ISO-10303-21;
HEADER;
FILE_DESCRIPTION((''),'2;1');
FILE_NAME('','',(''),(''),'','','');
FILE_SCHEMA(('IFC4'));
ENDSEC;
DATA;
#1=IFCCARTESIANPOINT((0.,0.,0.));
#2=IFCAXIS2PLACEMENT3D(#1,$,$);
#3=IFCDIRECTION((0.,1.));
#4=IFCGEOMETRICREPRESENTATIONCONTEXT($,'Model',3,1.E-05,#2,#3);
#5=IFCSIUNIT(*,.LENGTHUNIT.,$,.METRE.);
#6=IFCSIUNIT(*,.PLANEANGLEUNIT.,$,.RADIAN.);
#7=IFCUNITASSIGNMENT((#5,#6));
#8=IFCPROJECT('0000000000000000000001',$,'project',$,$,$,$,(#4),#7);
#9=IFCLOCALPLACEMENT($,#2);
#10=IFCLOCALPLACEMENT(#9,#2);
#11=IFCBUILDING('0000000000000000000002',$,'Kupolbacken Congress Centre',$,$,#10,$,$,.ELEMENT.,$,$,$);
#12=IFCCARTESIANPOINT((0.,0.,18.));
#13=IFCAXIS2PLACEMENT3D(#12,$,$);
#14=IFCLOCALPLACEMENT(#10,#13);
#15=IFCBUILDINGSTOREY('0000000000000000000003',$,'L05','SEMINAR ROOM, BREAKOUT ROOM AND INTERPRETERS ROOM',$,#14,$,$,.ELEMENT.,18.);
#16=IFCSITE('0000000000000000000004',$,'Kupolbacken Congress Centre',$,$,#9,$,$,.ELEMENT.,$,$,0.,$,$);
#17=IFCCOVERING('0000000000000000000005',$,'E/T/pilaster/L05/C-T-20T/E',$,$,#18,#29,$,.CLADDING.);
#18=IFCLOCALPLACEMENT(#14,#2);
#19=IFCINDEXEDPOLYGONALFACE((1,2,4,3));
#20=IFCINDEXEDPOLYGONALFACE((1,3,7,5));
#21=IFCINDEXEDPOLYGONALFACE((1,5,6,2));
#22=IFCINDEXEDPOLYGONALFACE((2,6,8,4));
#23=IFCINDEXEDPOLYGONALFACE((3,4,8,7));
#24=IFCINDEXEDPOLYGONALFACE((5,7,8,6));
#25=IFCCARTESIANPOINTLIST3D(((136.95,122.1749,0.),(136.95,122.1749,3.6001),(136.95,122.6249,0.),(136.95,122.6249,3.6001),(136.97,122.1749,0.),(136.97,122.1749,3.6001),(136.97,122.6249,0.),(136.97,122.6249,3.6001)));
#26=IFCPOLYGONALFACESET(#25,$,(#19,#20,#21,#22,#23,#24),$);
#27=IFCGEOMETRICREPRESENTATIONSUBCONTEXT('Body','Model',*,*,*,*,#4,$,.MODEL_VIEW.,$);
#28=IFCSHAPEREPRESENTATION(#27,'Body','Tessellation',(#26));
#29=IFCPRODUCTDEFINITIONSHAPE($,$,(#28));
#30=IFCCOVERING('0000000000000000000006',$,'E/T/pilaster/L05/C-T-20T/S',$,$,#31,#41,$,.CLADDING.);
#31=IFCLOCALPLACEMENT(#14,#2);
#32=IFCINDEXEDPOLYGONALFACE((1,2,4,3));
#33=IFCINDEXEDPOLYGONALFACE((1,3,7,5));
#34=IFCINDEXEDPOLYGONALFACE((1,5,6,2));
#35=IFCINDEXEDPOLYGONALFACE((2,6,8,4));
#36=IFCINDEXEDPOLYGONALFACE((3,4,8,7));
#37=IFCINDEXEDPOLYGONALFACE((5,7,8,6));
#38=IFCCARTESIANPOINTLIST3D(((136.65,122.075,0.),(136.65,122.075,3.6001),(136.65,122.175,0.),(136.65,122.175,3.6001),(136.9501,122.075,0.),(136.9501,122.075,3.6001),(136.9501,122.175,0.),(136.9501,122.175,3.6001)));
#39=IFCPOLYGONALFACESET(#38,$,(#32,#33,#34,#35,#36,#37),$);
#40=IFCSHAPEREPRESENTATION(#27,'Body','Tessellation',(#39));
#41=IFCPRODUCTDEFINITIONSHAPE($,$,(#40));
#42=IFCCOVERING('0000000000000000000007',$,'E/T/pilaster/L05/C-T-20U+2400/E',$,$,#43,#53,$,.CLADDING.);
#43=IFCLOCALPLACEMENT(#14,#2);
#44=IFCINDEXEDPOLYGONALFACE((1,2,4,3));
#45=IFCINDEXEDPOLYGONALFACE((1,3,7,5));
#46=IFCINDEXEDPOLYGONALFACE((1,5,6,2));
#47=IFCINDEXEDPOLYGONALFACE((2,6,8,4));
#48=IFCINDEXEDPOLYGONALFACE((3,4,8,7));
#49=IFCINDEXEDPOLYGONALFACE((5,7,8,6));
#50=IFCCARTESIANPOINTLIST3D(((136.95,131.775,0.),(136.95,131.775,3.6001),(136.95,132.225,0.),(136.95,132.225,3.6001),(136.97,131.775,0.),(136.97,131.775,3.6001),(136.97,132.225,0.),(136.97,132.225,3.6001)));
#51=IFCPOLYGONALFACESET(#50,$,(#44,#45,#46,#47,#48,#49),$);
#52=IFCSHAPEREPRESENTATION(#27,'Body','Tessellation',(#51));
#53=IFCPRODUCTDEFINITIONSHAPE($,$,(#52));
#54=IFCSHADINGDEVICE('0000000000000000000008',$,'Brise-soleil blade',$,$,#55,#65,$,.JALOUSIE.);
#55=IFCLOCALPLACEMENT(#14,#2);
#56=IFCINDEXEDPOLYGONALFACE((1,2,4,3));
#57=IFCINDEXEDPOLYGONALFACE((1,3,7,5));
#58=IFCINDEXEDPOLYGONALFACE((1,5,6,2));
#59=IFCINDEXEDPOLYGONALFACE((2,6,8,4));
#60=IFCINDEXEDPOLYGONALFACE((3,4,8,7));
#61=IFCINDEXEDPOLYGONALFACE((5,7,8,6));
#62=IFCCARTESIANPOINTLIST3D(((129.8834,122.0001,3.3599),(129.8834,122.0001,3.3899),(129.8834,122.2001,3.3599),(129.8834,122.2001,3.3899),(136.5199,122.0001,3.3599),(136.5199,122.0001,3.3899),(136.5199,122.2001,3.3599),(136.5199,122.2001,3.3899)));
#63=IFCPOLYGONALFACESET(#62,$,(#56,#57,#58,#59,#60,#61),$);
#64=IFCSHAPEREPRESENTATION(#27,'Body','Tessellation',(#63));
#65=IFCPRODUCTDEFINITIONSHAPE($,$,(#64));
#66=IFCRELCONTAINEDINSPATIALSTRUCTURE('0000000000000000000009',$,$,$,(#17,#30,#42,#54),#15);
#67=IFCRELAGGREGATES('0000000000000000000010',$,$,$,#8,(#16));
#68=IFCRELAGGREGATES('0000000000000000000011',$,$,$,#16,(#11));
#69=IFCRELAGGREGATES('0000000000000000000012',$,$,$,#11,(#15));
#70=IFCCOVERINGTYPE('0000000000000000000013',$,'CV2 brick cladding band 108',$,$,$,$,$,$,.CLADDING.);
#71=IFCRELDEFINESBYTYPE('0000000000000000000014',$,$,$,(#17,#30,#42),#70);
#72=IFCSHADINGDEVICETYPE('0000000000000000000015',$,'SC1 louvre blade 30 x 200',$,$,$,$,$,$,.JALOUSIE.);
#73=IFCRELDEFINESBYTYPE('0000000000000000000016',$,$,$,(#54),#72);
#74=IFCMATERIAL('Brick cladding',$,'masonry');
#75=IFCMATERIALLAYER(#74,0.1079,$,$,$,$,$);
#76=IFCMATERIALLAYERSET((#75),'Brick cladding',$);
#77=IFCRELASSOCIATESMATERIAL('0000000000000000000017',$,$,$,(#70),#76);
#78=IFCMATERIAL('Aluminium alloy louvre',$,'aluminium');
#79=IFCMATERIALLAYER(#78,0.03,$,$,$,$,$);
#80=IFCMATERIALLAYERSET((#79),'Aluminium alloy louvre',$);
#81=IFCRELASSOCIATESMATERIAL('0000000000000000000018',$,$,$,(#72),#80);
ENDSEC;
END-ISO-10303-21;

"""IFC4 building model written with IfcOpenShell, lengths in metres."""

from ifc_helpers import new_model, si_unit, direction, frame, origin, origin_2d, place, context, subcontext, project, spatial, rectangle, extrude, material, layer, layer_set, type_object, element, save


model = new_model("IFC4")

# Units and contexts
model_context = context("Model", 3, precision=1e-05, world=origin(), true_north=direction((0.0, 1.0)))
body_context = subcontext(model_context, "Body", "Model", "MODEL_VIEW")
ifc_project = project(units=[si_unit("LENGTHUNIT", "METRE"), si_unit("PLANEANGLEUNIT", "RADIAN")], contexts=[model_context])

# Site, building, storey
site_placement = place(None, origin())
site = spatial("IfcSite", under=ifc_project, at=site_placement, Name="Kupolbacken Congress Centre", CompositionType="ELEMENT", RefElevation=0.0)
building_placement = place(site_placement, origin())
building = spatial("IfcBuilding", under=site, at=building_placement, Name="Kupolbacken Congress Centre", CompositionType="ELEMENT")
storey_placement = place(building_placement, frame((0.0, 0.0, 18.0)))
storey = spatial("IfcBuildingStorey", under=building, at=storey_placement, Name="L05", Description="SEMINAR ROOM, BREAKOUT ROOM AND INTERPRETERS ROOM", CompositionType="ELEMENT", Elevation=18.0)

# Coverings
ifc_material_1 = material(Name="Brick cladding", Category="masonry")
ifc_layer_1 = layer(ifc_material_1, 0.1079)
ifc_layer_set_1 = layer_set([ifc_layer_1], Name="Brick cladding")
covering_type_1 = type_object("IfcCoveringType", Name="CV2 brick cladding band 108", PredefinedType="CLADDING", material=ifc_layer_set_1)
covering_1_placement = place(storey_placement, frame((136.96, 122.3999, 0.0), z_axis=(0.0, 0.0, 1.0), x_axis=(1.0, 0.0, 0.0)))
element("IfcCovering", 1, at=covering_1_placement, inside=storey, type_object=covering_type_1, Name="E/T/pilaster/L05/C-T-20T/E", PredefinedType="CLADDING", context=body_context, shape_type="SweptSolid", body=[
    extrude(rectangle(XDim=0.02, YDim=0.45, at=origin_2d()), origin(), (0.0, 0.0, 1.0), 3.6001),
])
covering_2_placement = place(storey_placement, frame((136.8, 122.125, 0.0), z_axis=(0.0, 0.0, 1.0), x_axis=(1.0, 0.0, 0.0)))
element("IfcCovering", 2, at=covering_2_placement, inside=storey, type_object=covering_type_1, Name="E/T/pilaster/L05/C-T-20T/S", PredefinedType="CLADDING", context=body_context, shape_type="SweptSolid", body=[
    extrude(rectangle(XDim=0.3, YDim=0.1001, at=origin_2d()), origin(), (0.0, 0.0, 1.0), 3.6001),
])
covering_3_placement = place(storey_placement, frame((136.96, 132.0, 0.0), z_axis=(0.0, 0.0, 1.0), x_axis=(1.0, 0.0, 0.0)))
element("IfcCovering", 3, at=covering_3_placement, inside=storey, type_object=covering_type_1, Name="E/T/pilaster/L05/C-T-20U+2400/E", PredefinedType="CLADDING", context=body_context, shape_type="SweptSolid", body=[
    extrude(rectangle(XDim=0.02, YDim=0.45, at=origin_2d()), origin(), (0.0, 0.0, 1.0), 3.6001),
])

# Shading device
ifc_material_2 = material(Name="Aluminium alloy louvre", Category="aluminium")
ifc_layer_2 = layer(ifc_material_2, 0.03)
ifc_layer_set_2 = layer_set([ifc_layer_2], Name="Aluminium alloy louvre")
shading_device_type = type_object("IfcShadingDeviceType", Name="SC1 louvre blade 30 x 200", PredefinedType="JALOUSIE", material=ifc_layer_set_2)
shading_device_placement = place(storey_placement, frame((133.2017, 122.1001, 3.3599), z_axis=(0.0, 0.0, 1.0), x_axis=(1.0, 0.0, 0.0)))
element("IfcShadingDevice", 4, at=shading_device_placement, inside=storey, type_object=shading_device_type, Name="Brise-soleil blade", PredefinedType="JALOUSIE", context=body_context, shape_type="SweptSolid", body=[
    extrude(rectangle(XDim=6.6365, YDim=0.2, at=origin_2d()), origin(), (0.0, 0.0, 1.0), 0.03),
])

save(model, "model.ifc")
